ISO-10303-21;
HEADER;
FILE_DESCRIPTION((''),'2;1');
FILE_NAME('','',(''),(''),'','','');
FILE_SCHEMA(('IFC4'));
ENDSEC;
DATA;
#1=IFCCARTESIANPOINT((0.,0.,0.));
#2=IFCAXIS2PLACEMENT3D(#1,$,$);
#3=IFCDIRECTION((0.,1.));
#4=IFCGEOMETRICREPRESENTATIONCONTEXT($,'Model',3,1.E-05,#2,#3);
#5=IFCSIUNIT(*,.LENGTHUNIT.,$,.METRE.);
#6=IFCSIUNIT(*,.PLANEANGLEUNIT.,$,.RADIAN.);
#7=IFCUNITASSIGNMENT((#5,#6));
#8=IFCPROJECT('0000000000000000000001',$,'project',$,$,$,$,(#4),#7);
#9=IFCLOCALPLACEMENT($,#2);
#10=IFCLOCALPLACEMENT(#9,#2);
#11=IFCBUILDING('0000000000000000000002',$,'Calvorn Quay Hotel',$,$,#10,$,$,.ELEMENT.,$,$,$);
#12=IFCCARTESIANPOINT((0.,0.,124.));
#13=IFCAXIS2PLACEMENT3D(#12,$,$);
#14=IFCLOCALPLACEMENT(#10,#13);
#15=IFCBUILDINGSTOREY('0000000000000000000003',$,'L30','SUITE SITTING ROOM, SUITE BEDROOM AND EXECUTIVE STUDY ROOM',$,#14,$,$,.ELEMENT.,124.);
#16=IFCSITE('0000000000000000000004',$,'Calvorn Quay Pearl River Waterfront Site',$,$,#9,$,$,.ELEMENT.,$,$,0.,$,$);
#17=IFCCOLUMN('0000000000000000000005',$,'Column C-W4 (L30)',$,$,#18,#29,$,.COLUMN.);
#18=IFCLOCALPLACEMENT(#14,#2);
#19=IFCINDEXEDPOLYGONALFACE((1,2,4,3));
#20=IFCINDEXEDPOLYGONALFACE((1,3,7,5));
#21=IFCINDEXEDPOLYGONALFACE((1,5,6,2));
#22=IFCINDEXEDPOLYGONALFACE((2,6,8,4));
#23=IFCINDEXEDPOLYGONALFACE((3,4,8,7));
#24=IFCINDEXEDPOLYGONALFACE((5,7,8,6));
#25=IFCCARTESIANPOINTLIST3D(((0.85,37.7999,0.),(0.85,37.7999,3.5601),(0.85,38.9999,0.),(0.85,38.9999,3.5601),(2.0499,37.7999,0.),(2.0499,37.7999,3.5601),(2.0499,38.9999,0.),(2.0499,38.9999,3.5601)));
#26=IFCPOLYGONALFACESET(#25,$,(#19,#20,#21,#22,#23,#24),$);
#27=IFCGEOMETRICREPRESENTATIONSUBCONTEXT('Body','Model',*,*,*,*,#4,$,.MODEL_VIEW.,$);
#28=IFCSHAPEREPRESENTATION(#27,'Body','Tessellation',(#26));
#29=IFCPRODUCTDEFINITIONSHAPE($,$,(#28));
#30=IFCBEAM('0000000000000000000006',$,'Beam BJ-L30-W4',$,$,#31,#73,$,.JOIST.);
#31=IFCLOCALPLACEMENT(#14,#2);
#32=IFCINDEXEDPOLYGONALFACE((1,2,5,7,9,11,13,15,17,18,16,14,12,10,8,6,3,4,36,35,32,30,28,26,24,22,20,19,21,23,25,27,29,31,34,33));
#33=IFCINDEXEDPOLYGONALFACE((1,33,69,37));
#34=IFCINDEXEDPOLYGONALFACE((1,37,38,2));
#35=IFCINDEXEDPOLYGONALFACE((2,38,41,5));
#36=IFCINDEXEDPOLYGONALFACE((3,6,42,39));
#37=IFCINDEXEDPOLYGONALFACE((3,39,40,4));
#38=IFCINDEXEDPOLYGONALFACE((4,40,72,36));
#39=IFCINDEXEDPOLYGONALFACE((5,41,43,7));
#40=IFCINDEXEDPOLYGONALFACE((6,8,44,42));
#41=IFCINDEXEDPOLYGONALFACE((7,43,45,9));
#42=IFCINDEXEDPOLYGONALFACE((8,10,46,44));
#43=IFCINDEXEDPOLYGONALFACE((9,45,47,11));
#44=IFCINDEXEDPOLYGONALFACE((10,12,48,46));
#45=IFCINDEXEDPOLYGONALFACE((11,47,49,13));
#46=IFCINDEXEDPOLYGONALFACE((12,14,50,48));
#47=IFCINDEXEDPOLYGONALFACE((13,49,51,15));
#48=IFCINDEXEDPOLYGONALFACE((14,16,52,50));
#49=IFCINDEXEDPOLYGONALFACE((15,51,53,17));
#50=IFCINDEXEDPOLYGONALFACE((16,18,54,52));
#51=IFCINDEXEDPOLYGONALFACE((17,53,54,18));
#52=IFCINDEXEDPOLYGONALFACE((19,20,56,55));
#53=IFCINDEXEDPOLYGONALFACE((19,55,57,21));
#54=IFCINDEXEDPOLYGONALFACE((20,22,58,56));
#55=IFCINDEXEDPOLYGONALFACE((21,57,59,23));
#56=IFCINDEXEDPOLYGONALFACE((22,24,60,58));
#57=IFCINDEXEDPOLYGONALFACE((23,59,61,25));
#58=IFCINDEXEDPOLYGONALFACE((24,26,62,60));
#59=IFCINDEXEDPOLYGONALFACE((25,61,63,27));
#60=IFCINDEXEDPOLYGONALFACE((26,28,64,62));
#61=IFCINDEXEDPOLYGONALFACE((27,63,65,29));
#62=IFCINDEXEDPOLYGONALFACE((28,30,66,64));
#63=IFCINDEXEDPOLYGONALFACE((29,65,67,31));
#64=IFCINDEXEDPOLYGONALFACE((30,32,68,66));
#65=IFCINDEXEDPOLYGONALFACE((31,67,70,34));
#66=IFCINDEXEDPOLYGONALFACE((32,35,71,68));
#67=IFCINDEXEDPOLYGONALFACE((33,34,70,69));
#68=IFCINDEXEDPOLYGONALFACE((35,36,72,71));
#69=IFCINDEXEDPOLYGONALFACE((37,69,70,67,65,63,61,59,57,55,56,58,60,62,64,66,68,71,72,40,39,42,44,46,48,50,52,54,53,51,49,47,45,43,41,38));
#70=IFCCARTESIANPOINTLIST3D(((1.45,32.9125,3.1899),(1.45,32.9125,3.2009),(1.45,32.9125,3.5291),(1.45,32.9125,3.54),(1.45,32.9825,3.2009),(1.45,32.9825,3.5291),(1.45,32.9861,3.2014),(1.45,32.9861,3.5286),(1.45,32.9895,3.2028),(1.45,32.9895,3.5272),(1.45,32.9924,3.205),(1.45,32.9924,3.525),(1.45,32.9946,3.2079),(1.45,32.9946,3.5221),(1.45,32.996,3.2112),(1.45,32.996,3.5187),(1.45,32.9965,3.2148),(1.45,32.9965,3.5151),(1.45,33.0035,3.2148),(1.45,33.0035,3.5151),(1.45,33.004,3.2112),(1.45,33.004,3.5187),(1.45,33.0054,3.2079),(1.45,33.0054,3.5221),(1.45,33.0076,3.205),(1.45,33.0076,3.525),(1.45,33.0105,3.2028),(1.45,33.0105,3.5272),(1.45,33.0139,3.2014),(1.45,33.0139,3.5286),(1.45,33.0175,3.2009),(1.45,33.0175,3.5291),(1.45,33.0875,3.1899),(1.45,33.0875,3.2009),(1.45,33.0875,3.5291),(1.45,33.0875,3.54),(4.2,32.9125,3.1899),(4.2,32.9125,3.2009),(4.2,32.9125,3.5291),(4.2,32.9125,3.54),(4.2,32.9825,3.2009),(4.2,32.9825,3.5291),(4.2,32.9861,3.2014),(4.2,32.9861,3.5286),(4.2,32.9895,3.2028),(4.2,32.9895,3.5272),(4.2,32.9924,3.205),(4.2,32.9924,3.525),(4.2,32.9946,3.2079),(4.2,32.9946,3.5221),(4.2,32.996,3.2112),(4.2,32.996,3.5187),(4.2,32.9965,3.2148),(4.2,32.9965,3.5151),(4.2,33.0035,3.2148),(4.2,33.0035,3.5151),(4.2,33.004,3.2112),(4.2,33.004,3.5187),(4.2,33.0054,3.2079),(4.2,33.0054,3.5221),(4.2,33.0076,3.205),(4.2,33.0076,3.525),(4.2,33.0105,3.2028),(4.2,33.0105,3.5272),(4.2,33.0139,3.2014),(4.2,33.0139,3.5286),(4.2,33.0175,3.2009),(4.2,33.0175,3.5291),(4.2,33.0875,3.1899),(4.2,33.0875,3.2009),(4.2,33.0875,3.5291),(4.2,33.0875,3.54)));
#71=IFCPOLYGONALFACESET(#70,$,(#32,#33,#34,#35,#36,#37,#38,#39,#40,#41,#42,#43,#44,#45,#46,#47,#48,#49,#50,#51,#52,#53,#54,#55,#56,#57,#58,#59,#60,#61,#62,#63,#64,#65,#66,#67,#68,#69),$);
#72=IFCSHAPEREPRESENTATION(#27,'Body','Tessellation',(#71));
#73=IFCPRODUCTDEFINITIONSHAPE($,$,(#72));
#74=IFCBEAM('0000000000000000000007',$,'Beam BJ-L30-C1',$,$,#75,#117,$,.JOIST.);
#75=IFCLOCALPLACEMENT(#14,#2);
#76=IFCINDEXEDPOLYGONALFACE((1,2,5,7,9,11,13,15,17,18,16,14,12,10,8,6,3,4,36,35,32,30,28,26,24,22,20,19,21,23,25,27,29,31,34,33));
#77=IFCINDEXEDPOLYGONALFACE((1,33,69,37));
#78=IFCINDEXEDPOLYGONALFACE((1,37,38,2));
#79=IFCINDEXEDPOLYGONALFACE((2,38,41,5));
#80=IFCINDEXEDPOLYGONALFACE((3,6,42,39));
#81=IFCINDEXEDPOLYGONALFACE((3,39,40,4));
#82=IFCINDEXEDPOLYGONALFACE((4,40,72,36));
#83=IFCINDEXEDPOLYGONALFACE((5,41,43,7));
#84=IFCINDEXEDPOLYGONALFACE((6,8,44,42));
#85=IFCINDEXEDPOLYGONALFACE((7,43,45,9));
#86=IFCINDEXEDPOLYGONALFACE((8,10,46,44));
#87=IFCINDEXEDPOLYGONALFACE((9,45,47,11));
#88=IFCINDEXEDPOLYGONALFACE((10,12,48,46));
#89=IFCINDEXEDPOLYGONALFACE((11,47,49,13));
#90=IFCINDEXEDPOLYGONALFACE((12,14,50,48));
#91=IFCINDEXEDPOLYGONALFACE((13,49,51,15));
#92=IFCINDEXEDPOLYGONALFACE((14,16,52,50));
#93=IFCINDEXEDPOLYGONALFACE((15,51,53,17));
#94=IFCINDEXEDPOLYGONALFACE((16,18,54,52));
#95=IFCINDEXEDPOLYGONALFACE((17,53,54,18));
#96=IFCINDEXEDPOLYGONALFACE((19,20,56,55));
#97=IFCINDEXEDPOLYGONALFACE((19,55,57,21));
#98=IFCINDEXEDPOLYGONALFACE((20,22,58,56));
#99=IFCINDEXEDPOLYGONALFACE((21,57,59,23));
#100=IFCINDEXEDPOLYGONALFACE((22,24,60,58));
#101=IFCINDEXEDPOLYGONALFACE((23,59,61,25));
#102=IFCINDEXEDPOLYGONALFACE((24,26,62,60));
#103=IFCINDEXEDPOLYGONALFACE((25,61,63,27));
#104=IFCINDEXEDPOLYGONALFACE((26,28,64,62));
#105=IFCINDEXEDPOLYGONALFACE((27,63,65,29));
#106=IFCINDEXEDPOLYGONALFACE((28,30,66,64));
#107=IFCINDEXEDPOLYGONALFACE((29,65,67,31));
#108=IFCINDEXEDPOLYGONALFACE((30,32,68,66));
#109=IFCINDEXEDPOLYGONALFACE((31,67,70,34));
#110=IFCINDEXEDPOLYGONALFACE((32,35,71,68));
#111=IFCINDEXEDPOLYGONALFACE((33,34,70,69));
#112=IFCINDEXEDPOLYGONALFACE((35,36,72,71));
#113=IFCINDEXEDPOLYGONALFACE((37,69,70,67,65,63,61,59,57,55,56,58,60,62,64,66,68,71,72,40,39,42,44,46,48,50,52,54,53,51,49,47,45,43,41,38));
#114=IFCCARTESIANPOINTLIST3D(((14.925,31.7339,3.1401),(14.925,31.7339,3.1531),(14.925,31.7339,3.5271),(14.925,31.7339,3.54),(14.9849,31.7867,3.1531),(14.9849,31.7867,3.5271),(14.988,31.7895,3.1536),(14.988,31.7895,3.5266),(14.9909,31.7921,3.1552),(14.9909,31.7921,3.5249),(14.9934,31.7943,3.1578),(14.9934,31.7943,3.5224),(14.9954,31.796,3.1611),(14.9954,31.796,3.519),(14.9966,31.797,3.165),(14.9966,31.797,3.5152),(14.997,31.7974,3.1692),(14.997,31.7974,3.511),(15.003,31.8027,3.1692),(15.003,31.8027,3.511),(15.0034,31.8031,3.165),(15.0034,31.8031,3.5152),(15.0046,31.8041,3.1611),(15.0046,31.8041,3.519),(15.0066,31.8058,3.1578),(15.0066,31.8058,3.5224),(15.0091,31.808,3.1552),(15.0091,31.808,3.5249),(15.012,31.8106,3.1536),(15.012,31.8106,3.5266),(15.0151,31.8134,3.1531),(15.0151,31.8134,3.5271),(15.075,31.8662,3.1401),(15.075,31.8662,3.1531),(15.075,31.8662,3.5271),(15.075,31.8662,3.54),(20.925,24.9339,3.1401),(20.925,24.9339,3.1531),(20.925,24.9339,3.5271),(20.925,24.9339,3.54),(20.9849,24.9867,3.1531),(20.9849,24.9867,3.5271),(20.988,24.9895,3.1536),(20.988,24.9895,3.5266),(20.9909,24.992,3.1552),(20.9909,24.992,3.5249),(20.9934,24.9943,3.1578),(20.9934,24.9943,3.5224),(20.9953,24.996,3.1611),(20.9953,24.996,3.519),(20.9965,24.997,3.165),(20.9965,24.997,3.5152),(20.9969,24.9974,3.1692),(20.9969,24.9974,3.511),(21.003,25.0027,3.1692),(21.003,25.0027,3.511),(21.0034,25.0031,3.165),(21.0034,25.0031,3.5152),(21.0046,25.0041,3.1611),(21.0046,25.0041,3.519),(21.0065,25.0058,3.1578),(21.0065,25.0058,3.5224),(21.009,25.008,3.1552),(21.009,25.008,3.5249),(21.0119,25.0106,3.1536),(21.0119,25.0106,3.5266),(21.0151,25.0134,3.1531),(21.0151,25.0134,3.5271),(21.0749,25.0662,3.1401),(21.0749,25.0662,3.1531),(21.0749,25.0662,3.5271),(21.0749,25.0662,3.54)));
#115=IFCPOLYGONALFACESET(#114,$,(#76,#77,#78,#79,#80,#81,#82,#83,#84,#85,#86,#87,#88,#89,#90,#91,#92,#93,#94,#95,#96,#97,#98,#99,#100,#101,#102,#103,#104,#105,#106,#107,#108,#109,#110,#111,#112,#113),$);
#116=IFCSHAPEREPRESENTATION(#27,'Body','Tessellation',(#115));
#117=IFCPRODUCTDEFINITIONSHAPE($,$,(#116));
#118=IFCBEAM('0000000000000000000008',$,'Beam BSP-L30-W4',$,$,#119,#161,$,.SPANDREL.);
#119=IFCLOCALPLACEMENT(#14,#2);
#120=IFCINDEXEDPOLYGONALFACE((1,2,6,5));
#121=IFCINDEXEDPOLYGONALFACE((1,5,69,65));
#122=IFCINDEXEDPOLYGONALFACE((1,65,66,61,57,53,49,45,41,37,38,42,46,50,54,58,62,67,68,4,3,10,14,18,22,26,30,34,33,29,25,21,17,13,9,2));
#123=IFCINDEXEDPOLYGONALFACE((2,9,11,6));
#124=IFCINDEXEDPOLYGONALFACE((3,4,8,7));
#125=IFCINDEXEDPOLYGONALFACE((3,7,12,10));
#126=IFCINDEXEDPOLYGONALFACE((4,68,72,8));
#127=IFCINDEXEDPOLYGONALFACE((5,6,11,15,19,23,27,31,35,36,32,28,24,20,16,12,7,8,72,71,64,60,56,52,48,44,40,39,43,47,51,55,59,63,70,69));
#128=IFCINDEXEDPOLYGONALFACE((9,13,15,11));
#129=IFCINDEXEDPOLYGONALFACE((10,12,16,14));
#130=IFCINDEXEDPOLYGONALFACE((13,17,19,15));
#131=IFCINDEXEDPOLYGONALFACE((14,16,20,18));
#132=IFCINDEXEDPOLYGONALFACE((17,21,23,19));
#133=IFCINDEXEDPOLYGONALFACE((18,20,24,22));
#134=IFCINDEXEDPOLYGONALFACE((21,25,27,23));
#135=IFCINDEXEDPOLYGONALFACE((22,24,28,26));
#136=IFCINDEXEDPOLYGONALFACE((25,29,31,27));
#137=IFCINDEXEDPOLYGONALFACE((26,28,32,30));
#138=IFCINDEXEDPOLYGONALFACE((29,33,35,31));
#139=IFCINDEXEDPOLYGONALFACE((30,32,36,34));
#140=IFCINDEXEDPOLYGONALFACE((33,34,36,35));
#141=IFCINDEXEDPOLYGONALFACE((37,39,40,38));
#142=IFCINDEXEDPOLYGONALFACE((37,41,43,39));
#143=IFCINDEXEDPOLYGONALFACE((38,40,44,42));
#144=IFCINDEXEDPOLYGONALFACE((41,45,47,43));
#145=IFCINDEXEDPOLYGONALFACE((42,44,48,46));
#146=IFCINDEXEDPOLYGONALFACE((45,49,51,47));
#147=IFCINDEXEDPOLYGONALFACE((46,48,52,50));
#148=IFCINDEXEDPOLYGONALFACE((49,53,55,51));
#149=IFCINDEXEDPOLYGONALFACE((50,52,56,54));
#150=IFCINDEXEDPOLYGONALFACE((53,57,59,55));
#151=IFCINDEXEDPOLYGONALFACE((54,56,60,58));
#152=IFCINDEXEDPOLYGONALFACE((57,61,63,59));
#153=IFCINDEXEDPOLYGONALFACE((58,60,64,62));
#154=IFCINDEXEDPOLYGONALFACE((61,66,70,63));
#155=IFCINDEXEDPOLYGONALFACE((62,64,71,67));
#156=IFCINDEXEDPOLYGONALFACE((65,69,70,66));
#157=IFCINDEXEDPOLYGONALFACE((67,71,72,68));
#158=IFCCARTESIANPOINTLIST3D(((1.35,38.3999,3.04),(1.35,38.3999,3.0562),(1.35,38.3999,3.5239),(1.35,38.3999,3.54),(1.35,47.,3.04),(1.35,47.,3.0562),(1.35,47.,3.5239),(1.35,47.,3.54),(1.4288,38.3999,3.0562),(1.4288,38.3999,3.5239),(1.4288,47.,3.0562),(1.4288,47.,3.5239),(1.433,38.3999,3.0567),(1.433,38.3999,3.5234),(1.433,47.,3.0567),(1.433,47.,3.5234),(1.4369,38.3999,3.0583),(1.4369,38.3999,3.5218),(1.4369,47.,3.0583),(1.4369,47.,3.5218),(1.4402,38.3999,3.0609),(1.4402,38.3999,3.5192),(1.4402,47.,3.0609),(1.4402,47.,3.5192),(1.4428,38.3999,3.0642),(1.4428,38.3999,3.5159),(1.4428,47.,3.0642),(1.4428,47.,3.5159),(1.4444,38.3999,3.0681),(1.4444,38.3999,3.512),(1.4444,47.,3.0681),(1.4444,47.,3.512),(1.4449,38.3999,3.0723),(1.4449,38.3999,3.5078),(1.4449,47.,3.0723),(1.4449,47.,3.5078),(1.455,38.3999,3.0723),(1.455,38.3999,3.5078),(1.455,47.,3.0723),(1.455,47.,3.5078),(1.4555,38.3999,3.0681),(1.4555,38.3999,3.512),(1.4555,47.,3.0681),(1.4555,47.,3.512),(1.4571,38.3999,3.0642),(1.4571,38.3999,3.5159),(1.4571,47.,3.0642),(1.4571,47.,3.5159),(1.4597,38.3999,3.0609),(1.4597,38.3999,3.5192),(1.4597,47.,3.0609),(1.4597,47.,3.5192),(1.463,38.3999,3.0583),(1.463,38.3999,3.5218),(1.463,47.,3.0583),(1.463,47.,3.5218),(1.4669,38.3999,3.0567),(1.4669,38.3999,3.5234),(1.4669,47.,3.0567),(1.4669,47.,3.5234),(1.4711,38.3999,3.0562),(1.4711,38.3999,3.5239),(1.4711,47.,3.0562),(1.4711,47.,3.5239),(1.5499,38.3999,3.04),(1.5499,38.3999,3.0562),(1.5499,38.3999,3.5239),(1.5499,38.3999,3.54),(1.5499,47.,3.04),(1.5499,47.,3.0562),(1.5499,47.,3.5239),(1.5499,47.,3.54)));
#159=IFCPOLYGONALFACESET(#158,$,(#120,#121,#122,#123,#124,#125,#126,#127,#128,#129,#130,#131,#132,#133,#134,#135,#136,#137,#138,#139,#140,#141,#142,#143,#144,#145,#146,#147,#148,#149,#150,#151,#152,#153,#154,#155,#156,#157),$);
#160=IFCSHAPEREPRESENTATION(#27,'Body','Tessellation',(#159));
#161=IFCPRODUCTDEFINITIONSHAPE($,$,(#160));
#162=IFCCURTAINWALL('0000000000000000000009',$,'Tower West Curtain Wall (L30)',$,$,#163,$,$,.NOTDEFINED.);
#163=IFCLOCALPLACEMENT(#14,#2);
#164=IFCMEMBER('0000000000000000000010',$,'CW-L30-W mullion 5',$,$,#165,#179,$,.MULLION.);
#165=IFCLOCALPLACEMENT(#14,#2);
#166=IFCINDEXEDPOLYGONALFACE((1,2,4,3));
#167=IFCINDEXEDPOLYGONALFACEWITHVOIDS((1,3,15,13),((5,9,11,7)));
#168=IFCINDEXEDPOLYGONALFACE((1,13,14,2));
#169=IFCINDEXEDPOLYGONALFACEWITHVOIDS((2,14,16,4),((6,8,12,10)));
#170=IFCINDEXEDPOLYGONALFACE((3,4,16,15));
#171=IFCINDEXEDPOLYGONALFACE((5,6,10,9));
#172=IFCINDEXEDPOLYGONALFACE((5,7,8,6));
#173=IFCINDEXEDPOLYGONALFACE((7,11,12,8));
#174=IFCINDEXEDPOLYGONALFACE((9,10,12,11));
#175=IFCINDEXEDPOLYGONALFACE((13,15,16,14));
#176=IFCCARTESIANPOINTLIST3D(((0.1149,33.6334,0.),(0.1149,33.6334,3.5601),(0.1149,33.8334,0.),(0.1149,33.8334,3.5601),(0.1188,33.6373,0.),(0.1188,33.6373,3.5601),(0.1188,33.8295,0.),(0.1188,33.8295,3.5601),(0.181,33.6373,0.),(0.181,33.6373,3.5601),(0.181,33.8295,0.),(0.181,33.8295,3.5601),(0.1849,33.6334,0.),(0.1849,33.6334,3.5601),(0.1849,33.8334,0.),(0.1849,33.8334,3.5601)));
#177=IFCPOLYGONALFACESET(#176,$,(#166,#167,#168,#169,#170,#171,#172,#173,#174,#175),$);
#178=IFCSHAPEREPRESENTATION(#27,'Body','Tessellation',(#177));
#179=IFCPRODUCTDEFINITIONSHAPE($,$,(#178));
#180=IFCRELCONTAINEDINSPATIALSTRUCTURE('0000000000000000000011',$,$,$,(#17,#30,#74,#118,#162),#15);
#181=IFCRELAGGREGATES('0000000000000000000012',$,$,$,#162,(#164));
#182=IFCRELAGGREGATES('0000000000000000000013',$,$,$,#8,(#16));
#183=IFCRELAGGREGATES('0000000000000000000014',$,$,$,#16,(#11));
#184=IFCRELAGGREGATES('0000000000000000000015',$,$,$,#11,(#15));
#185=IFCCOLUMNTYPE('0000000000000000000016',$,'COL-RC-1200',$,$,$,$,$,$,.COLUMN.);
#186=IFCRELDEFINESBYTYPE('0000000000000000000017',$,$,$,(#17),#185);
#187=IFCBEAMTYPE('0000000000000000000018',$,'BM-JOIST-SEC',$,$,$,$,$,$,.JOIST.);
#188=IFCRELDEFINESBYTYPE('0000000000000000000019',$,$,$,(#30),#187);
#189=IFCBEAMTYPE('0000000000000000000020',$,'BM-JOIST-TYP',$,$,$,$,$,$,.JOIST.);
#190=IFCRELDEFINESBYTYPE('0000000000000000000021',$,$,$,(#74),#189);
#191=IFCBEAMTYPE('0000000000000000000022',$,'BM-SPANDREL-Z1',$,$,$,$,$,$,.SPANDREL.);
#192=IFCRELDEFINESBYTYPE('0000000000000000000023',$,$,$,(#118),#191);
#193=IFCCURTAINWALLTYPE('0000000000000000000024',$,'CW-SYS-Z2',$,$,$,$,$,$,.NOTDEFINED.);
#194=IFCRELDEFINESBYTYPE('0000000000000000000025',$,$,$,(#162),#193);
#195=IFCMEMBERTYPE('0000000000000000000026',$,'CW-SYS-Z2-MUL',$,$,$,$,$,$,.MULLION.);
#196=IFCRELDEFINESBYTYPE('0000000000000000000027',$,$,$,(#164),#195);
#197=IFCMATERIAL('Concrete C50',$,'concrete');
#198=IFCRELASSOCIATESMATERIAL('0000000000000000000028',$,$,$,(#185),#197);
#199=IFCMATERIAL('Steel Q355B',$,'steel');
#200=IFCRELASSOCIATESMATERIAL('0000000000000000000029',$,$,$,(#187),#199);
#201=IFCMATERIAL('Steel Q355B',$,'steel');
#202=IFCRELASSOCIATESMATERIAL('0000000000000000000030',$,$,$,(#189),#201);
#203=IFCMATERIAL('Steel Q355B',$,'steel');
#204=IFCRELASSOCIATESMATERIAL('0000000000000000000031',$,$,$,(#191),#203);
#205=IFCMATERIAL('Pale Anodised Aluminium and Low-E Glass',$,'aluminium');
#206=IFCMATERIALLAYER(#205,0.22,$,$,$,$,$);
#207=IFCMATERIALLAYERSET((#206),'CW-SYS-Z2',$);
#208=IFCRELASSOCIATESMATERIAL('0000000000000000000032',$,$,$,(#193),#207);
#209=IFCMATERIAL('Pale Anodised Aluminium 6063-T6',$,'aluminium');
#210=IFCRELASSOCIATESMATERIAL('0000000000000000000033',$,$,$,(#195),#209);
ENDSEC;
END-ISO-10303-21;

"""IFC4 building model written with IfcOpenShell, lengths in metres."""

from ifc_helpers import new_model, si_unit, direction, frame, origin, origin_2d, place, context, subcontext, project, spatial, rectangle, hollow_rectangle, i_section, extrude, material, layer, layer_set, material_profile, profile_set, type_object, element, aggregate, save


model = new_model("IFC4")

# Units and contexts
model_context = context("Model", 3, precision=1e-05, world=origin(), true_north=direction((0.0, 1.0)))
body_context = subcontext(model_context, "Body", "Model", "MODEL_VIEW")
ifc_project = project(units=[si_unit("LENGTHUNIT", "METRE"), si_unit("PLANEANGLEUNIT", "RADIAN")], contexts=[model_context])

# Site, building, storey
site_placement = place(None, origin())
site = spatial("IfcSite", under=ifc_project, at=site_placement, Name="Calvorn Quay Pearl River Waterfront Site", CompositionType="ELEMENT", RefElevation=0.0)
building_placement = place(site_placement, origin())
building = spatial("IfcBuilding", under=site, at=building_placement, Name="Calvorn Quay Hotel", CompositionType="ELEMENT")
storey_placement = place(building_placement, frame((0.0, 0.0, 124.0)))
storey = spatial("IfcBuildingStorey", under=building, at=storey_placement, Name="L30", Description="SUITE SITTING ROOM, SUITE BEDROOM AND EXECUTIVE STUDY ROOM", CompositionType="ELEMENT", Elevation=124.0)

# Column
ifc_material_1 = material(Name="Concrete C50", Category="concrete")
ifc_material_profile_1 = material_profile(ifc_material_1, rectangle(XDim=1.2, YDim=1.2, at=origin_2d()), Name="RC1200x1200")
ifc_profile_set_1 = profile_set([ifc_material_profile_1], Name="Concrete C50")
column_type = type_object("IfcColumnType", Name="COL-RC-1200", PredefinedType="COLUMN", material=ifc_profile_set_1)
column_placement = place(storey_placement, frame((1.45, 38.3999, 0.0), z_axis=(0.0, 0.0, 1.0), x_axis=(1.0, 0.0, 0.0)))
element("IfcColumn", 1, at=column_placement, inside=storey, type_object=column_type, Name="Column C-W4 (L30)", PredefinedType="COLUMN", context=body_context, shape_type="SweptSolid", body=[
    extrude(rectangle(XDim=1.2, YDim=1.2, at=origin_2d()), origin(), (0.0, 0.0, 1.0), 3.5601),
])

# Beams
ifc_material_2 = material(Name="Steel Q355B", Category="steel")
ifc_material_profile_2 = material_profile(ifc_material_2, i_section(OverallWidth=0.175, OverallDepth=0.3501, WebThickness=0.0071, FlangeThickness=0.011, FilletRadius=0.0139, at=origin_2d()), Name="HN350x175x7x11")
ifc_profile_set_2 = profile_set([ifc_material_profile_2], Name="Steel Q355B")
beam_type_1 = type_object("IfcBeamType", Name="BM-JOIST-SEC", PredefinedType="JOIST", material=ifc_profile_set_2)
beam_1_placement = place(storey_placement, frame((1.45, 33.0, 3.365), z_axis=(1.0, 0.0, 0.0), x_axis=(0.0, 1.0, 0.0)))
element("IfcBeam", 2, at=beam_1_placement, inside=storey, type_object=beam_type_1, Name="Beam BJ-L30-W4", PredefinedType="JOIST", context=body_context, shape_type="SweptSolid", body=[
    extrude(i_section(OverallWidth=0.175, OverallDepth=0.3501, WebThickness=0.0071, FlangeThickness=0.011, FilletRadius=0.0139, at=origin_2d()), origin(), (0.0, 0.0, 1.0), 2.75),
])
ifc_material_3 = material(Name="Steel Q355B", Category="steel")
ifc_material_profile_3 = material_profile(ifc_material_3, i_section(OverallWidth=0.2, OverallDepth=0.3999, WebThickness=0.0081, FlangeThickness=0.0129, FilletRadius=0.0161, at=origin_2d()), Name="HN400x200x8x13")
ifc_profile_set_3 = profile_set([ifc_material_profile_3], Name="Steel Q355B")
beam_type_2 = type_object("IfcBeamType", Name="BM-JOIST-TYP", PredefinedType="JOIST", material=ifc_profile_set_3)
beam_2_placement = place(storey_placement, frame((15.0, 31.8, 3.3401), z_axis=(0.661619, -0.74984, 0.0), x_axis=(0.74984, 0.661619, 0.0)))
element("IfcBeam", 3, at=beam_2_placement, inside=storey, type_object=beam_type_2, Name="Beam BJ-L30-C1", PredefinedType="JOIST", context=body_context, shape_type="SweptSolid", body=[
    extrude(i_section(OverallWidth=0.2, OverallDepth=0.3999, WebThickness=0.0081, FlangeThickness=0.0129, FilletRadius=0.0161, at=origin_2d()), origin(), (0.0, 0.0, 1.0), 9.0686),
])
ifc_material_4 = material(Name="Steel Q355B", Category="steel")
ifc_material_profile_4 = material_profile(ifc_material_4, i_section(OverallWidth=0.2, OverallDepth=0.5, WebThickness=0.01, FlangeThickness=0.0161, FilletRadius=0.0161, at=origin_2d()), Name="HN500x200x10x16")
ifc_profile_set_4 = profile_set([ifc_material_profile_4], Name="Steel Q355B")
beam_type_3 = type_object("IfcBeamType", Name="BM-SPANDREL-Z1", PredefinedType="SPANDREL", material=ifc_profile_set_4)
beam_3_placement = place(storey_placement, frame((1.45, 38.3999, 3.29), z_axis=(0.0, 1.0, 0.0), x_axis=(-1.0, 0.0, 0.0)))
element("IfcBeam", 4, at=beam_3_placement, inside=storey, type_object=beam_type_3, Name="Beam BSP-L30-W4", PredefinedType="SPANDREL", context=body_context, shape_type="SweptSolid", body=[
    extrude(i_section(OverallWidth=0.2, OverallDepth=0.5, WebThickness=0.01, FlangeThickness=0.0161, FilletRadius=0.0161, at=origin_2d()), origin(), (0.0, 0.0, 1.0), 8.6001),
])

# Curtain wall, member
ifc_material_5 = material(Name="Pale Anodised Aluminium and Low-E Glass", Category="aluminium")
ifc_layer_1 = layer(ifc_material_5, 0.22)
ifc_layer_set_1 = layer_set([ifc_layer_1], Name="CW-SYS-Z2")
curtain_wall_type = type_object("IfcCurtainWallType", Name="CW-SYS-Z2", PredefinedType="NOTDEFINED", material=ifc_layer_set_1)
curtain_wall_placement = place(storey_placement, origin())
curtain_wall = element("IfcCurtainWall", 5, at=curtain_wall_placement, inside=storey, type_object=curtain_wall_type, Name="Tower West Curtain Wall (L30)", PredefinedType="NOTDEFINED")
ifc_material_6 = material(Name="Pale Anodised Aluminium 6063-T6", Category="aluminium")
ifc_material_profile_5 = material_profile(ifc_material_6, hollow_rectangle(XDim=0.0701, YDim=0.2, WallThickness=0.0039, at=origin_2d()), Name="ALU-M200x70x4")
ifc_profile_set_5 = profile_set([ifc_material_profile_5], Name="Pale Anodised Aluminium 6063-T6")
member_type_1 = type_object("IfcMemberType", Name="CW-SYS-Z2-MUL", PredefinedType="MULLION", material=ifc_profile_set_5)
member_1_placement = place(storey_placement, frame((0.1499, 33.7334, 0.0), z_axis=(0.0, 0.0, 1.0), x_axis=(-1.0, 0.0, 0.0)))
member_1 = element("IfcMember", 6, at=member_1_placement, type_object=member_type_1, Name="CW-L30-W mullion 5", PredefinedType="MULLION", context=body_context, shape_type="SweptSolid", body=[
    extrude(hollow_rectangle(XDim=0.0701, YDim=0.2, WallThickness=0.0039, at=origin_2d()), origin(), (0.0, 0.0, 1.0), 3.5601),
])
aggregate(curtain_wall, [member_1])

save(model, "model.ifc")
